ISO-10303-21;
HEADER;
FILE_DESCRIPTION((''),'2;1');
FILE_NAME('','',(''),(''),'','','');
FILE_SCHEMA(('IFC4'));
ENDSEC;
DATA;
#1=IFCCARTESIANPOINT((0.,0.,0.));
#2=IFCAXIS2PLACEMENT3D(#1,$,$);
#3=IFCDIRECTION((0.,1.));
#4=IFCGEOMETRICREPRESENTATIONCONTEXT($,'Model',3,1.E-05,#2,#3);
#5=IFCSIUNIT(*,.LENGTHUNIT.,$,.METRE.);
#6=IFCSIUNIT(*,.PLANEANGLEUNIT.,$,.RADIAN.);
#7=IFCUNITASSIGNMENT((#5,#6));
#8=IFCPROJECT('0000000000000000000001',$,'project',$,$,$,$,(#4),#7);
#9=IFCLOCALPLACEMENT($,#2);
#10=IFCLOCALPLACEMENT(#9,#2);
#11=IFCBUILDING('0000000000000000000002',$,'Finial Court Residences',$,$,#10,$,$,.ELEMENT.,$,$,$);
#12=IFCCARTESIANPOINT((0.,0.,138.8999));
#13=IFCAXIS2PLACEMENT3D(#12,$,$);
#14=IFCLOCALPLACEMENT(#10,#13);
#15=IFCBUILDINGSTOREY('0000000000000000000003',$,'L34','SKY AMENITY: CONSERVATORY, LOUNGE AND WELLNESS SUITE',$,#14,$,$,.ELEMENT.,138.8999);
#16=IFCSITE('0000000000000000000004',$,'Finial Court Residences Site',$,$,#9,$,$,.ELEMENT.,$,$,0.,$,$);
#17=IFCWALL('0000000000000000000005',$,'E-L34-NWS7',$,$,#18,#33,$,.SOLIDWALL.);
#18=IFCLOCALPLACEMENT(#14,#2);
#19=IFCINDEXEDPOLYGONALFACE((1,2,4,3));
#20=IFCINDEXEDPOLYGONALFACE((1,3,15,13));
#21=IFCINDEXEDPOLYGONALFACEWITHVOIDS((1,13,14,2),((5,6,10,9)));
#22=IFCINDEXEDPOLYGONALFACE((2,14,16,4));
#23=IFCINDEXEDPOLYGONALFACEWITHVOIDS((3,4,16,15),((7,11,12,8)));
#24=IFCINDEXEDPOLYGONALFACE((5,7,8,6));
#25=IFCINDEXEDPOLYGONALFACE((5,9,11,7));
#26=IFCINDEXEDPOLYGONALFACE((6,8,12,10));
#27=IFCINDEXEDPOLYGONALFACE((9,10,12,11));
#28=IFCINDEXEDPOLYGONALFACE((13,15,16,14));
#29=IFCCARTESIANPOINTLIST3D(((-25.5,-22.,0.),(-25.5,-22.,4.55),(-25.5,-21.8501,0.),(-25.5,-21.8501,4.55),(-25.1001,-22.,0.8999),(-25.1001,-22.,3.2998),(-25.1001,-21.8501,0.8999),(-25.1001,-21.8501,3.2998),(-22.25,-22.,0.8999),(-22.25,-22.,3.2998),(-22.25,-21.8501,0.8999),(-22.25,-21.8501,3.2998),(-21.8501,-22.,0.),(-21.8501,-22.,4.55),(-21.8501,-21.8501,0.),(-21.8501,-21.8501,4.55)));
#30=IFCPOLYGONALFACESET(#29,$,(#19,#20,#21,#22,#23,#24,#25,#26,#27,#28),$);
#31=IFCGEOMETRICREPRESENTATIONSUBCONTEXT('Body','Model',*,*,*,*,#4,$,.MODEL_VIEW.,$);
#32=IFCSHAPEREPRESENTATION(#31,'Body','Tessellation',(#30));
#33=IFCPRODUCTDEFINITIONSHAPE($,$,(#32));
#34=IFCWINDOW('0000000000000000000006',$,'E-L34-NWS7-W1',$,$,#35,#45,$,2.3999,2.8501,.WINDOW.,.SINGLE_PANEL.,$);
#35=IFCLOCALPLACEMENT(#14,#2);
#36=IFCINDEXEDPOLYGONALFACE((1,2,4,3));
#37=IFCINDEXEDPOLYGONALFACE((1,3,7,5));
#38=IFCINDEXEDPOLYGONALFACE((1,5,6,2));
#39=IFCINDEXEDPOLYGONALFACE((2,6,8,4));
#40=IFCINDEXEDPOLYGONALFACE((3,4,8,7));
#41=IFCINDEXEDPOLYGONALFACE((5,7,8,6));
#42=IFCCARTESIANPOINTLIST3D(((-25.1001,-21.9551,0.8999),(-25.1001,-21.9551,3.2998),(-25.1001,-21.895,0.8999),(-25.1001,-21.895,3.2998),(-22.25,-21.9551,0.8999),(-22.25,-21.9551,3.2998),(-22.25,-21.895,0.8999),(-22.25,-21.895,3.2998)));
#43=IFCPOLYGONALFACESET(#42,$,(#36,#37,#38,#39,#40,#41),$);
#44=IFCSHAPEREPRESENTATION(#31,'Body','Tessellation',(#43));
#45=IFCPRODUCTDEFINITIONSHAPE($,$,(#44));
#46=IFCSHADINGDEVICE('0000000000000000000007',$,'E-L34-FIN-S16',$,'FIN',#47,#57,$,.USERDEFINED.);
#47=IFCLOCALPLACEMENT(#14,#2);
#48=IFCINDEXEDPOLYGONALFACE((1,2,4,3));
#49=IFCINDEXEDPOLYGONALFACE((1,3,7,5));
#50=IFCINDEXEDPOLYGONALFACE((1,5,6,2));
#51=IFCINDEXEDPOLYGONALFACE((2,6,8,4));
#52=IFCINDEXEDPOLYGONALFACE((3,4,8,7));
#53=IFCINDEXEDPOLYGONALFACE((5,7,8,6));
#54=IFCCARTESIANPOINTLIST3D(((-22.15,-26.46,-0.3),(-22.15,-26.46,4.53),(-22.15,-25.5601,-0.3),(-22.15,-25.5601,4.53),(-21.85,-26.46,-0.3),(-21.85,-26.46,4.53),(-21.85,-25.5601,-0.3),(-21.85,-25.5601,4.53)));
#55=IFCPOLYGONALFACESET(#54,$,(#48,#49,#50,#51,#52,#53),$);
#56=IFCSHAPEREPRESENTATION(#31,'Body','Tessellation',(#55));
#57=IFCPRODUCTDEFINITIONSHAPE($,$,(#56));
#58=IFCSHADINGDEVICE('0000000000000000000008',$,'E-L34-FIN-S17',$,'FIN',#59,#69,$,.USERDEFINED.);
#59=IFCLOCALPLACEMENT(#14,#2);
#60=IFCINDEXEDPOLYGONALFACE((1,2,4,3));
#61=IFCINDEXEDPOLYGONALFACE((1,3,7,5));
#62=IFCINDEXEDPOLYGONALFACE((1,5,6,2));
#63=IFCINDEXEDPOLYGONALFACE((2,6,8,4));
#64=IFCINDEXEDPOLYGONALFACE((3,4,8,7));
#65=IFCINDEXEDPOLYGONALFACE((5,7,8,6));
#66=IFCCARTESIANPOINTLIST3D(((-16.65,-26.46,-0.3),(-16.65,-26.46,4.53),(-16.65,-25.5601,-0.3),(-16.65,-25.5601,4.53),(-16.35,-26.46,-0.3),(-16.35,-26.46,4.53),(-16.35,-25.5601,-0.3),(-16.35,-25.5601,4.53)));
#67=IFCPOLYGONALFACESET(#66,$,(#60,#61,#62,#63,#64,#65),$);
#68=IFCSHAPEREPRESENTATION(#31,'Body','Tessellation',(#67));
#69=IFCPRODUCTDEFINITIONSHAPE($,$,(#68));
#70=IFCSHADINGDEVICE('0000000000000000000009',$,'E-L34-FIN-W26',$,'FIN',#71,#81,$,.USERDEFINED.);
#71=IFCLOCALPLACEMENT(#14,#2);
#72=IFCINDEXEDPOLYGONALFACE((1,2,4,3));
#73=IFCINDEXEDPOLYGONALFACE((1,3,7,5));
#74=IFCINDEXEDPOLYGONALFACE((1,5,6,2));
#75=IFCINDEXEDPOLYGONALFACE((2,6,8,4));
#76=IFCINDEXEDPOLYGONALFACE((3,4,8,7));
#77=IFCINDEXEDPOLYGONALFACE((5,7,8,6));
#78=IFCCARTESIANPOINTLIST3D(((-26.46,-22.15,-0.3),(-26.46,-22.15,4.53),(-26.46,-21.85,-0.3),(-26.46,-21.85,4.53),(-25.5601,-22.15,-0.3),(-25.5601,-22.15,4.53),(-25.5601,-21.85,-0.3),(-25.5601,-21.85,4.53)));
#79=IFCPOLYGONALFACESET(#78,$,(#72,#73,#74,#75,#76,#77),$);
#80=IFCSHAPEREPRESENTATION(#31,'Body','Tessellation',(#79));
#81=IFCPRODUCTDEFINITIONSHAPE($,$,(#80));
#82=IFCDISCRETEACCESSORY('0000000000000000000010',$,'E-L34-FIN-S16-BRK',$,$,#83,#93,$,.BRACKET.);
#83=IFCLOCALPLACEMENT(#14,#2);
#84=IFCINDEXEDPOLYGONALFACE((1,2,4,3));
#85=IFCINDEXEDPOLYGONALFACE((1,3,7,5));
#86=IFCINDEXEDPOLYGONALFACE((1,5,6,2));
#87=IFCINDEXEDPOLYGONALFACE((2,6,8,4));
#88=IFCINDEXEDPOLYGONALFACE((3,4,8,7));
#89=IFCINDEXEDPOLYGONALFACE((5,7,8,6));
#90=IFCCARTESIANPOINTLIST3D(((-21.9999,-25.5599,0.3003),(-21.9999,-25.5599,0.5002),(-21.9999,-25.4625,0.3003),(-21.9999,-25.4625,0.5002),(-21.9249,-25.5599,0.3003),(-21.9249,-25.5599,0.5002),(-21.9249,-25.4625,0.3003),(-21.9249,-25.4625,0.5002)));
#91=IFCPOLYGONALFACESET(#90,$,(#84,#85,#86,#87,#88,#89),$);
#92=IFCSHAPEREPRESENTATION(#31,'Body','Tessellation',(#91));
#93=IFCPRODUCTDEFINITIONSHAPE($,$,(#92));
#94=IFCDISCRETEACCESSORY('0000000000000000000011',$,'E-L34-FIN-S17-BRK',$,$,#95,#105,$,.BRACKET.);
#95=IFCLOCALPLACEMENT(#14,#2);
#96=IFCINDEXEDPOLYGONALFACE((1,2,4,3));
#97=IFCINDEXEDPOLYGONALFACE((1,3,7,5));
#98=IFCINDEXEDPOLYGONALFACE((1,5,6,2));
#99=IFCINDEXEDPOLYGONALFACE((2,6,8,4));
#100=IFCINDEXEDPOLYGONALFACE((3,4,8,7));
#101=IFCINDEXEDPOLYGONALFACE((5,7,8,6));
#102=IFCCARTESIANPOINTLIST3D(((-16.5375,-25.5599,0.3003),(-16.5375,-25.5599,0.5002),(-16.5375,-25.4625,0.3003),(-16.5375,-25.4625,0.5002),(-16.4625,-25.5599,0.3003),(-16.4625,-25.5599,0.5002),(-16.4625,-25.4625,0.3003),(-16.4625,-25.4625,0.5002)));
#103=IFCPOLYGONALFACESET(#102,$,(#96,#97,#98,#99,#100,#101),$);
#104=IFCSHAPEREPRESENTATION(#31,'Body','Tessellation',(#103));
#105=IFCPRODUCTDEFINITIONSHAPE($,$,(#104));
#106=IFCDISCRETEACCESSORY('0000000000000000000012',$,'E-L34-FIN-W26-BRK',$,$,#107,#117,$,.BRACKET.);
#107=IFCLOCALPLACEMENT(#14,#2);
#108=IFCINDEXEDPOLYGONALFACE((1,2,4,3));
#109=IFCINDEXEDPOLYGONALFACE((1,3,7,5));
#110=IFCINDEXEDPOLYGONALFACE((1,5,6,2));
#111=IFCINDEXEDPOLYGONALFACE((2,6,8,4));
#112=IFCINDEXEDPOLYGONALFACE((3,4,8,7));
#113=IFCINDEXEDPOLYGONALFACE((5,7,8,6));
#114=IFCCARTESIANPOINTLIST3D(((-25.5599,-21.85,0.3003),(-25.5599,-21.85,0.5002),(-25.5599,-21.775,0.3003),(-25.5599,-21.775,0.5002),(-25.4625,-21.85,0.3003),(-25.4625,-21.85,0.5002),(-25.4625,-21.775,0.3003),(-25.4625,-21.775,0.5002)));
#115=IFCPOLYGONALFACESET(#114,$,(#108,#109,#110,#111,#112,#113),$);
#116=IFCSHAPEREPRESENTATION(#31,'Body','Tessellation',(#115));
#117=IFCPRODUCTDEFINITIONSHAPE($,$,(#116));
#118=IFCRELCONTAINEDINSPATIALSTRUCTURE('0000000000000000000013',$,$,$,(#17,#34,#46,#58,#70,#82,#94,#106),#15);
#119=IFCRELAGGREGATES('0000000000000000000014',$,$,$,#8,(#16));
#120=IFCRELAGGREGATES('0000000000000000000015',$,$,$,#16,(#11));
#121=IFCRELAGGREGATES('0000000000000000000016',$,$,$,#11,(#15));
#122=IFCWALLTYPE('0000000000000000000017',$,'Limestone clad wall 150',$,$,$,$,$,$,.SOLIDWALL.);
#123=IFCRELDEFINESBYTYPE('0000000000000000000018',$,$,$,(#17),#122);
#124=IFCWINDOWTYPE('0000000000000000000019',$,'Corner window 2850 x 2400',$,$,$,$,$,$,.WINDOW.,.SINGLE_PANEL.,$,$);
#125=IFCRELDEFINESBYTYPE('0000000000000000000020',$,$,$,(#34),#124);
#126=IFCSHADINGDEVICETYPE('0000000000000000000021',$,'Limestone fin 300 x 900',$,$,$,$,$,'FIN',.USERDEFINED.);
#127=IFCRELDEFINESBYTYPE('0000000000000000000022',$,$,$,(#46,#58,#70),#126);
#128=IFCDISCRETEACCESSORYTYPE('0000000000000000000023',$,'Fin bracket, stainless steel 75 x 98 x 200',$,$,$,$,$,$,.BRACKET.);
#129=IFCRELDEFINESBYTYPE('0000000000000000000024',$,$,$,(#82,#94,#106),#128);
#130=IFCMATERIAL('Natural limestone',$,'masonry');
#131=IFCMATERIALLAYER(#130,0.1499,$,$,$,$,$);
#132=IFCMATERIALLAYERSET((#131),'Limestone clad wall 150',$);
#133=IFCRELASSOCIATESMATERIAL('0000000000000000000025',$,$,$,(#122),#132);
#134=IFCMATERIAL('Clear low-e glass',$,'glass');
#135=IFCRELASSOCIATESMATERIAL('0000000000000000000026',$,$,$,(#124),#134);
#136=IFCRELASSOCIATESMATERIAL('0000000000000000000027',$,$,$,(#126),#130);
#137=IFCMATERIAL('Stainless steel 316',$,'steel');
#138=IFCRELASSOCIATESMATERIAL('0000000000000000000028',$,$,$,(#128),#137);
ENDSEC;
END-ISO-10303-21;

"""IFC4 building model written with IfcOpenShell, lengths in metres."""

from ifc_helpers import new_model, si_unit, direction, frame, frame_2d, origin, origin_2d, place, context, subcontext, project, spatial, rectangle, extrude, material, layer, layer_set, type_object, element, fill, save


model = new_model("IFC4")

# Units and contexts
model_context = context("Model", 3, precision=1e-05, world=origin(), true_north=direction((0.0, 1.0)))
body_context = subcontext(model_context, "Body", "Model", "MODEL_VIEW")
ifc_project = project(units=[si_unit("LENGTHUNIT", "METRE"), si_unit("PLANEANGLEUNIT", "RADIAN")], contexts=[model_context])

# Site, building, storey
site_placement = place(None, origin())
site = spatial("IfcSite", under=ifc_project, at=site_placement, Name="Finial Court Residences Site", CompositionType="ELEMENT", RefElevation=0.0)
building_placement = place(site_placement, origin())
building = spatial("IfcBuilding", under=site, at=building_placement, Name="Finial Court Residences", CompositionType="ELEMENT")
storey_placement = place(building_placement, frame((0.0, 0.0, 138.8999)))
storey = spatial("IfcBuildingStorey", under=building, at=storey_placement, Name="L34", Description="SKY AMENITY: CONSERVATORY, LOUNGE AND WELLNESS SUITE", CompositionType="ELEMENT", Elevation=138.8999)

# Shared definitions
ifc_material_1 = material(Name="Clear low-e glass", Category="glass")

# Wall, opening, window
ifc_material_2 = material(Name="Natural limestone", Category="masonry")
ifc_layer_1 = layer(ifc_material_2, 0.1499)
ifc_layer_set_1 = layer_set([ifc_layer_1], Name="Limestone clad wall 150")
wall_type = type_object("IfcWallType", Name="Limestone clad wall 150", PredefinedType="SOLIDWALL", material=ifc_layer_set_1)
wall_1_placement = place(storey_placement, frame((-21.8501, -21.925, 0.0), z_axis=(0.0, 0.0, 1.0), x_axis=(-1.0, 0.0, 0.0)))
wall_1 = element("IfcWall", 1, at=wall_1_placement, inside=storey, type_object=wall_type, Name="E-L34-NWS7", PredefinedType="SOLIDWALL", context=body_context, shape_type="SweptSolid", body=[
    extrude(rectangle(XDim=3.6499, YDim=0.1499, at=frame_2d((1.825, 0.0))), origin(), (0.0, 0.0, 1.0), 4.55),
])
opening_1_placement = place(wall_1_placement, frame((0.3999, 0.0, 0.8999)))
opening_1 = element("IfcOpeningElement", 2, at=opening_1_placement, cuts=wall_1, PredefinedType="OPENING", context=body_context, shape_type="SweptSolid", body=[
    extrude(rectangle(XDim=2.8501, YDim=2.3999, at=frame_2d((1.425, 1.2))), frame((0.0, 0.085, 0.0), z_axis=(0.0, -1.0, 0.0), x_axis=(1.0, 0.0, 0.0)), (0.0, 0.0, 1.0), 0.1699),
])
window_type_1 = type_object("IfcWindowType", Name="Corner window 2850 x 2400", PartitioningType="SINGLE_PANEL", PredefinedType="WINDOW", material=ifc_material_1)
window_1_placement = place(opening_1_placement, origin())
window_1 = element("IfcWindow", 3, at=window_1_placement, inside=storey, type_object=window_type_1, Name="E-L34-NWS7-W1", OverallHeight=2.3999, OverallWidth=2.8501, PartitioningType="SINGLE_PANEL", PredefinedType="WINDOW", context=body_context, shape_type="SweptSolid", body=[
    extrude(rectangle(XDim=2.8501, YDim=2.3999, at=frame_2d((1.425, 1.2))), frame((0.0, 0.03, 0.0), z_axis=(0.0, -1.0, 0.0), x_axis=(1.0, 0.0, 0.0)), (0.0, 0.0, 1.0), 0.0601),
])
fill(opening_1, window_1)

# Shading devices
shading_device_type = type_object("IfcShadingDeviceType", Name="Limestone fin 300 x 900", ElementType="FIN", PredefinedType="USERDEFINED", material=ifc_material_2)
for number, where, z_axis, x_axis, name in (
    (4, (-22.0, -26.01, -0.3), (0.0, 0.0, 1.0), (1.0, 0.0, 0.0), "E-L34-FIN-S16"),
    (5, (-16.5, -26.01, -0.3), (0.0, 0.0, 1.0), (1.0, 0.0, 0.0), "E-L34-FIN-S17"),
):
    element("IfcShadingDevice", number, at=place(storey_placement, frame(where, z_axis=z_axis, x_axis=x_axis)), inside=storey, type_object=shading_device_type, Name=name, ObjectType="FIN", PredefinedType="USERDEFINED", context=body_context, shape_type="SweptSolid", body=[
        extrude(rectangle(XDim=0.3, YDim=0.8999, at=origin_2d()), origin(), (0.0, 0.0, 1.0), 4.8301),
    ])
shading_device_placement = place(storey_placement, frame((-26.01, -22.0, -0.3), z_axis=(0.0, 0.0, 1.0), x_axis=(1.0, 0.0, 0.0)))
element("IfcShadingDevice", 6, at=shading_device_placement, inside=storey, type_object=shading_device_type, Name="E-L34-FIN-W26", ObjectType="FIN", PredefinedType="USERDEFINED", context=body_context, shape_type="SweptSolid", body=[
    extrude(rectangle(XDim=0.8999, YDim=0.3, at=origin_2d()), origin(), (0.0, 0.0, 1.0), 4.8301),
])

# Discrete accessories
ifc_material_3 = material(Name="Stainless steel 316", Category="steel")
discrete_accessory_type = type_object("IfcDiscreteAccessoryType", Name="Fin bracket, stainless steel 75 x 98 x 200", PredefinedType="BRACKET", material=ifc_material_3)
for number, where, z_axis, x_axis, name in (
    (7, (-21.9624, -25.5112, 0.3003), (0.0, 0.0, 1.0), (1.0, 0.0, 0.0), "E-L34-FIN-S16-BRK"),
    (8, (-16.5, -25.5112, 0.3003), (0.0, 0.0, 1.0), (1.0, 0.0, 0.0), "E-L34-FIN-S17-BRK"),
):
    element("IfcDiscreteAccessory", number, at=place(storey_placement, frame(where, z_axis=z_axis, x_axis=x_axis)), inside=storey, type_object=discrete_accessory_type, Name=name, PredefinedType="BRACKET", context=body_context, shape_type="SweptSolid", body=[
        extrude(rectangle(XDim=0.075, YDim=0.0974, at=origin_2d()), origin(), (0.0, 0.0, 1.0), 0.2),
    ])
discrete_accessory_placement = place(storey_placement, frame((-25.5112, -21.8125, 0.3003), z_axis=(0.0, 0.0, 1.0), x_axis=(1.0, 0.0, 0.0)))
element("IfcDiscreteAccessory", 9, at=discrete_accessory_placement, inside=storey, type_object=discrete_accessory_type, Name="E-L34-FIN-W26-BRK", PredefinedType="BRACKET", context=body_context, shape_type="SweptSolid", body=[
    extrude(rectangle(XDim=0.0974, YDim=0.075, at=origin_2d()), origin(), (0.0, 0.0, 1.0), 0.2),
])

save(model, "model.ifc")
